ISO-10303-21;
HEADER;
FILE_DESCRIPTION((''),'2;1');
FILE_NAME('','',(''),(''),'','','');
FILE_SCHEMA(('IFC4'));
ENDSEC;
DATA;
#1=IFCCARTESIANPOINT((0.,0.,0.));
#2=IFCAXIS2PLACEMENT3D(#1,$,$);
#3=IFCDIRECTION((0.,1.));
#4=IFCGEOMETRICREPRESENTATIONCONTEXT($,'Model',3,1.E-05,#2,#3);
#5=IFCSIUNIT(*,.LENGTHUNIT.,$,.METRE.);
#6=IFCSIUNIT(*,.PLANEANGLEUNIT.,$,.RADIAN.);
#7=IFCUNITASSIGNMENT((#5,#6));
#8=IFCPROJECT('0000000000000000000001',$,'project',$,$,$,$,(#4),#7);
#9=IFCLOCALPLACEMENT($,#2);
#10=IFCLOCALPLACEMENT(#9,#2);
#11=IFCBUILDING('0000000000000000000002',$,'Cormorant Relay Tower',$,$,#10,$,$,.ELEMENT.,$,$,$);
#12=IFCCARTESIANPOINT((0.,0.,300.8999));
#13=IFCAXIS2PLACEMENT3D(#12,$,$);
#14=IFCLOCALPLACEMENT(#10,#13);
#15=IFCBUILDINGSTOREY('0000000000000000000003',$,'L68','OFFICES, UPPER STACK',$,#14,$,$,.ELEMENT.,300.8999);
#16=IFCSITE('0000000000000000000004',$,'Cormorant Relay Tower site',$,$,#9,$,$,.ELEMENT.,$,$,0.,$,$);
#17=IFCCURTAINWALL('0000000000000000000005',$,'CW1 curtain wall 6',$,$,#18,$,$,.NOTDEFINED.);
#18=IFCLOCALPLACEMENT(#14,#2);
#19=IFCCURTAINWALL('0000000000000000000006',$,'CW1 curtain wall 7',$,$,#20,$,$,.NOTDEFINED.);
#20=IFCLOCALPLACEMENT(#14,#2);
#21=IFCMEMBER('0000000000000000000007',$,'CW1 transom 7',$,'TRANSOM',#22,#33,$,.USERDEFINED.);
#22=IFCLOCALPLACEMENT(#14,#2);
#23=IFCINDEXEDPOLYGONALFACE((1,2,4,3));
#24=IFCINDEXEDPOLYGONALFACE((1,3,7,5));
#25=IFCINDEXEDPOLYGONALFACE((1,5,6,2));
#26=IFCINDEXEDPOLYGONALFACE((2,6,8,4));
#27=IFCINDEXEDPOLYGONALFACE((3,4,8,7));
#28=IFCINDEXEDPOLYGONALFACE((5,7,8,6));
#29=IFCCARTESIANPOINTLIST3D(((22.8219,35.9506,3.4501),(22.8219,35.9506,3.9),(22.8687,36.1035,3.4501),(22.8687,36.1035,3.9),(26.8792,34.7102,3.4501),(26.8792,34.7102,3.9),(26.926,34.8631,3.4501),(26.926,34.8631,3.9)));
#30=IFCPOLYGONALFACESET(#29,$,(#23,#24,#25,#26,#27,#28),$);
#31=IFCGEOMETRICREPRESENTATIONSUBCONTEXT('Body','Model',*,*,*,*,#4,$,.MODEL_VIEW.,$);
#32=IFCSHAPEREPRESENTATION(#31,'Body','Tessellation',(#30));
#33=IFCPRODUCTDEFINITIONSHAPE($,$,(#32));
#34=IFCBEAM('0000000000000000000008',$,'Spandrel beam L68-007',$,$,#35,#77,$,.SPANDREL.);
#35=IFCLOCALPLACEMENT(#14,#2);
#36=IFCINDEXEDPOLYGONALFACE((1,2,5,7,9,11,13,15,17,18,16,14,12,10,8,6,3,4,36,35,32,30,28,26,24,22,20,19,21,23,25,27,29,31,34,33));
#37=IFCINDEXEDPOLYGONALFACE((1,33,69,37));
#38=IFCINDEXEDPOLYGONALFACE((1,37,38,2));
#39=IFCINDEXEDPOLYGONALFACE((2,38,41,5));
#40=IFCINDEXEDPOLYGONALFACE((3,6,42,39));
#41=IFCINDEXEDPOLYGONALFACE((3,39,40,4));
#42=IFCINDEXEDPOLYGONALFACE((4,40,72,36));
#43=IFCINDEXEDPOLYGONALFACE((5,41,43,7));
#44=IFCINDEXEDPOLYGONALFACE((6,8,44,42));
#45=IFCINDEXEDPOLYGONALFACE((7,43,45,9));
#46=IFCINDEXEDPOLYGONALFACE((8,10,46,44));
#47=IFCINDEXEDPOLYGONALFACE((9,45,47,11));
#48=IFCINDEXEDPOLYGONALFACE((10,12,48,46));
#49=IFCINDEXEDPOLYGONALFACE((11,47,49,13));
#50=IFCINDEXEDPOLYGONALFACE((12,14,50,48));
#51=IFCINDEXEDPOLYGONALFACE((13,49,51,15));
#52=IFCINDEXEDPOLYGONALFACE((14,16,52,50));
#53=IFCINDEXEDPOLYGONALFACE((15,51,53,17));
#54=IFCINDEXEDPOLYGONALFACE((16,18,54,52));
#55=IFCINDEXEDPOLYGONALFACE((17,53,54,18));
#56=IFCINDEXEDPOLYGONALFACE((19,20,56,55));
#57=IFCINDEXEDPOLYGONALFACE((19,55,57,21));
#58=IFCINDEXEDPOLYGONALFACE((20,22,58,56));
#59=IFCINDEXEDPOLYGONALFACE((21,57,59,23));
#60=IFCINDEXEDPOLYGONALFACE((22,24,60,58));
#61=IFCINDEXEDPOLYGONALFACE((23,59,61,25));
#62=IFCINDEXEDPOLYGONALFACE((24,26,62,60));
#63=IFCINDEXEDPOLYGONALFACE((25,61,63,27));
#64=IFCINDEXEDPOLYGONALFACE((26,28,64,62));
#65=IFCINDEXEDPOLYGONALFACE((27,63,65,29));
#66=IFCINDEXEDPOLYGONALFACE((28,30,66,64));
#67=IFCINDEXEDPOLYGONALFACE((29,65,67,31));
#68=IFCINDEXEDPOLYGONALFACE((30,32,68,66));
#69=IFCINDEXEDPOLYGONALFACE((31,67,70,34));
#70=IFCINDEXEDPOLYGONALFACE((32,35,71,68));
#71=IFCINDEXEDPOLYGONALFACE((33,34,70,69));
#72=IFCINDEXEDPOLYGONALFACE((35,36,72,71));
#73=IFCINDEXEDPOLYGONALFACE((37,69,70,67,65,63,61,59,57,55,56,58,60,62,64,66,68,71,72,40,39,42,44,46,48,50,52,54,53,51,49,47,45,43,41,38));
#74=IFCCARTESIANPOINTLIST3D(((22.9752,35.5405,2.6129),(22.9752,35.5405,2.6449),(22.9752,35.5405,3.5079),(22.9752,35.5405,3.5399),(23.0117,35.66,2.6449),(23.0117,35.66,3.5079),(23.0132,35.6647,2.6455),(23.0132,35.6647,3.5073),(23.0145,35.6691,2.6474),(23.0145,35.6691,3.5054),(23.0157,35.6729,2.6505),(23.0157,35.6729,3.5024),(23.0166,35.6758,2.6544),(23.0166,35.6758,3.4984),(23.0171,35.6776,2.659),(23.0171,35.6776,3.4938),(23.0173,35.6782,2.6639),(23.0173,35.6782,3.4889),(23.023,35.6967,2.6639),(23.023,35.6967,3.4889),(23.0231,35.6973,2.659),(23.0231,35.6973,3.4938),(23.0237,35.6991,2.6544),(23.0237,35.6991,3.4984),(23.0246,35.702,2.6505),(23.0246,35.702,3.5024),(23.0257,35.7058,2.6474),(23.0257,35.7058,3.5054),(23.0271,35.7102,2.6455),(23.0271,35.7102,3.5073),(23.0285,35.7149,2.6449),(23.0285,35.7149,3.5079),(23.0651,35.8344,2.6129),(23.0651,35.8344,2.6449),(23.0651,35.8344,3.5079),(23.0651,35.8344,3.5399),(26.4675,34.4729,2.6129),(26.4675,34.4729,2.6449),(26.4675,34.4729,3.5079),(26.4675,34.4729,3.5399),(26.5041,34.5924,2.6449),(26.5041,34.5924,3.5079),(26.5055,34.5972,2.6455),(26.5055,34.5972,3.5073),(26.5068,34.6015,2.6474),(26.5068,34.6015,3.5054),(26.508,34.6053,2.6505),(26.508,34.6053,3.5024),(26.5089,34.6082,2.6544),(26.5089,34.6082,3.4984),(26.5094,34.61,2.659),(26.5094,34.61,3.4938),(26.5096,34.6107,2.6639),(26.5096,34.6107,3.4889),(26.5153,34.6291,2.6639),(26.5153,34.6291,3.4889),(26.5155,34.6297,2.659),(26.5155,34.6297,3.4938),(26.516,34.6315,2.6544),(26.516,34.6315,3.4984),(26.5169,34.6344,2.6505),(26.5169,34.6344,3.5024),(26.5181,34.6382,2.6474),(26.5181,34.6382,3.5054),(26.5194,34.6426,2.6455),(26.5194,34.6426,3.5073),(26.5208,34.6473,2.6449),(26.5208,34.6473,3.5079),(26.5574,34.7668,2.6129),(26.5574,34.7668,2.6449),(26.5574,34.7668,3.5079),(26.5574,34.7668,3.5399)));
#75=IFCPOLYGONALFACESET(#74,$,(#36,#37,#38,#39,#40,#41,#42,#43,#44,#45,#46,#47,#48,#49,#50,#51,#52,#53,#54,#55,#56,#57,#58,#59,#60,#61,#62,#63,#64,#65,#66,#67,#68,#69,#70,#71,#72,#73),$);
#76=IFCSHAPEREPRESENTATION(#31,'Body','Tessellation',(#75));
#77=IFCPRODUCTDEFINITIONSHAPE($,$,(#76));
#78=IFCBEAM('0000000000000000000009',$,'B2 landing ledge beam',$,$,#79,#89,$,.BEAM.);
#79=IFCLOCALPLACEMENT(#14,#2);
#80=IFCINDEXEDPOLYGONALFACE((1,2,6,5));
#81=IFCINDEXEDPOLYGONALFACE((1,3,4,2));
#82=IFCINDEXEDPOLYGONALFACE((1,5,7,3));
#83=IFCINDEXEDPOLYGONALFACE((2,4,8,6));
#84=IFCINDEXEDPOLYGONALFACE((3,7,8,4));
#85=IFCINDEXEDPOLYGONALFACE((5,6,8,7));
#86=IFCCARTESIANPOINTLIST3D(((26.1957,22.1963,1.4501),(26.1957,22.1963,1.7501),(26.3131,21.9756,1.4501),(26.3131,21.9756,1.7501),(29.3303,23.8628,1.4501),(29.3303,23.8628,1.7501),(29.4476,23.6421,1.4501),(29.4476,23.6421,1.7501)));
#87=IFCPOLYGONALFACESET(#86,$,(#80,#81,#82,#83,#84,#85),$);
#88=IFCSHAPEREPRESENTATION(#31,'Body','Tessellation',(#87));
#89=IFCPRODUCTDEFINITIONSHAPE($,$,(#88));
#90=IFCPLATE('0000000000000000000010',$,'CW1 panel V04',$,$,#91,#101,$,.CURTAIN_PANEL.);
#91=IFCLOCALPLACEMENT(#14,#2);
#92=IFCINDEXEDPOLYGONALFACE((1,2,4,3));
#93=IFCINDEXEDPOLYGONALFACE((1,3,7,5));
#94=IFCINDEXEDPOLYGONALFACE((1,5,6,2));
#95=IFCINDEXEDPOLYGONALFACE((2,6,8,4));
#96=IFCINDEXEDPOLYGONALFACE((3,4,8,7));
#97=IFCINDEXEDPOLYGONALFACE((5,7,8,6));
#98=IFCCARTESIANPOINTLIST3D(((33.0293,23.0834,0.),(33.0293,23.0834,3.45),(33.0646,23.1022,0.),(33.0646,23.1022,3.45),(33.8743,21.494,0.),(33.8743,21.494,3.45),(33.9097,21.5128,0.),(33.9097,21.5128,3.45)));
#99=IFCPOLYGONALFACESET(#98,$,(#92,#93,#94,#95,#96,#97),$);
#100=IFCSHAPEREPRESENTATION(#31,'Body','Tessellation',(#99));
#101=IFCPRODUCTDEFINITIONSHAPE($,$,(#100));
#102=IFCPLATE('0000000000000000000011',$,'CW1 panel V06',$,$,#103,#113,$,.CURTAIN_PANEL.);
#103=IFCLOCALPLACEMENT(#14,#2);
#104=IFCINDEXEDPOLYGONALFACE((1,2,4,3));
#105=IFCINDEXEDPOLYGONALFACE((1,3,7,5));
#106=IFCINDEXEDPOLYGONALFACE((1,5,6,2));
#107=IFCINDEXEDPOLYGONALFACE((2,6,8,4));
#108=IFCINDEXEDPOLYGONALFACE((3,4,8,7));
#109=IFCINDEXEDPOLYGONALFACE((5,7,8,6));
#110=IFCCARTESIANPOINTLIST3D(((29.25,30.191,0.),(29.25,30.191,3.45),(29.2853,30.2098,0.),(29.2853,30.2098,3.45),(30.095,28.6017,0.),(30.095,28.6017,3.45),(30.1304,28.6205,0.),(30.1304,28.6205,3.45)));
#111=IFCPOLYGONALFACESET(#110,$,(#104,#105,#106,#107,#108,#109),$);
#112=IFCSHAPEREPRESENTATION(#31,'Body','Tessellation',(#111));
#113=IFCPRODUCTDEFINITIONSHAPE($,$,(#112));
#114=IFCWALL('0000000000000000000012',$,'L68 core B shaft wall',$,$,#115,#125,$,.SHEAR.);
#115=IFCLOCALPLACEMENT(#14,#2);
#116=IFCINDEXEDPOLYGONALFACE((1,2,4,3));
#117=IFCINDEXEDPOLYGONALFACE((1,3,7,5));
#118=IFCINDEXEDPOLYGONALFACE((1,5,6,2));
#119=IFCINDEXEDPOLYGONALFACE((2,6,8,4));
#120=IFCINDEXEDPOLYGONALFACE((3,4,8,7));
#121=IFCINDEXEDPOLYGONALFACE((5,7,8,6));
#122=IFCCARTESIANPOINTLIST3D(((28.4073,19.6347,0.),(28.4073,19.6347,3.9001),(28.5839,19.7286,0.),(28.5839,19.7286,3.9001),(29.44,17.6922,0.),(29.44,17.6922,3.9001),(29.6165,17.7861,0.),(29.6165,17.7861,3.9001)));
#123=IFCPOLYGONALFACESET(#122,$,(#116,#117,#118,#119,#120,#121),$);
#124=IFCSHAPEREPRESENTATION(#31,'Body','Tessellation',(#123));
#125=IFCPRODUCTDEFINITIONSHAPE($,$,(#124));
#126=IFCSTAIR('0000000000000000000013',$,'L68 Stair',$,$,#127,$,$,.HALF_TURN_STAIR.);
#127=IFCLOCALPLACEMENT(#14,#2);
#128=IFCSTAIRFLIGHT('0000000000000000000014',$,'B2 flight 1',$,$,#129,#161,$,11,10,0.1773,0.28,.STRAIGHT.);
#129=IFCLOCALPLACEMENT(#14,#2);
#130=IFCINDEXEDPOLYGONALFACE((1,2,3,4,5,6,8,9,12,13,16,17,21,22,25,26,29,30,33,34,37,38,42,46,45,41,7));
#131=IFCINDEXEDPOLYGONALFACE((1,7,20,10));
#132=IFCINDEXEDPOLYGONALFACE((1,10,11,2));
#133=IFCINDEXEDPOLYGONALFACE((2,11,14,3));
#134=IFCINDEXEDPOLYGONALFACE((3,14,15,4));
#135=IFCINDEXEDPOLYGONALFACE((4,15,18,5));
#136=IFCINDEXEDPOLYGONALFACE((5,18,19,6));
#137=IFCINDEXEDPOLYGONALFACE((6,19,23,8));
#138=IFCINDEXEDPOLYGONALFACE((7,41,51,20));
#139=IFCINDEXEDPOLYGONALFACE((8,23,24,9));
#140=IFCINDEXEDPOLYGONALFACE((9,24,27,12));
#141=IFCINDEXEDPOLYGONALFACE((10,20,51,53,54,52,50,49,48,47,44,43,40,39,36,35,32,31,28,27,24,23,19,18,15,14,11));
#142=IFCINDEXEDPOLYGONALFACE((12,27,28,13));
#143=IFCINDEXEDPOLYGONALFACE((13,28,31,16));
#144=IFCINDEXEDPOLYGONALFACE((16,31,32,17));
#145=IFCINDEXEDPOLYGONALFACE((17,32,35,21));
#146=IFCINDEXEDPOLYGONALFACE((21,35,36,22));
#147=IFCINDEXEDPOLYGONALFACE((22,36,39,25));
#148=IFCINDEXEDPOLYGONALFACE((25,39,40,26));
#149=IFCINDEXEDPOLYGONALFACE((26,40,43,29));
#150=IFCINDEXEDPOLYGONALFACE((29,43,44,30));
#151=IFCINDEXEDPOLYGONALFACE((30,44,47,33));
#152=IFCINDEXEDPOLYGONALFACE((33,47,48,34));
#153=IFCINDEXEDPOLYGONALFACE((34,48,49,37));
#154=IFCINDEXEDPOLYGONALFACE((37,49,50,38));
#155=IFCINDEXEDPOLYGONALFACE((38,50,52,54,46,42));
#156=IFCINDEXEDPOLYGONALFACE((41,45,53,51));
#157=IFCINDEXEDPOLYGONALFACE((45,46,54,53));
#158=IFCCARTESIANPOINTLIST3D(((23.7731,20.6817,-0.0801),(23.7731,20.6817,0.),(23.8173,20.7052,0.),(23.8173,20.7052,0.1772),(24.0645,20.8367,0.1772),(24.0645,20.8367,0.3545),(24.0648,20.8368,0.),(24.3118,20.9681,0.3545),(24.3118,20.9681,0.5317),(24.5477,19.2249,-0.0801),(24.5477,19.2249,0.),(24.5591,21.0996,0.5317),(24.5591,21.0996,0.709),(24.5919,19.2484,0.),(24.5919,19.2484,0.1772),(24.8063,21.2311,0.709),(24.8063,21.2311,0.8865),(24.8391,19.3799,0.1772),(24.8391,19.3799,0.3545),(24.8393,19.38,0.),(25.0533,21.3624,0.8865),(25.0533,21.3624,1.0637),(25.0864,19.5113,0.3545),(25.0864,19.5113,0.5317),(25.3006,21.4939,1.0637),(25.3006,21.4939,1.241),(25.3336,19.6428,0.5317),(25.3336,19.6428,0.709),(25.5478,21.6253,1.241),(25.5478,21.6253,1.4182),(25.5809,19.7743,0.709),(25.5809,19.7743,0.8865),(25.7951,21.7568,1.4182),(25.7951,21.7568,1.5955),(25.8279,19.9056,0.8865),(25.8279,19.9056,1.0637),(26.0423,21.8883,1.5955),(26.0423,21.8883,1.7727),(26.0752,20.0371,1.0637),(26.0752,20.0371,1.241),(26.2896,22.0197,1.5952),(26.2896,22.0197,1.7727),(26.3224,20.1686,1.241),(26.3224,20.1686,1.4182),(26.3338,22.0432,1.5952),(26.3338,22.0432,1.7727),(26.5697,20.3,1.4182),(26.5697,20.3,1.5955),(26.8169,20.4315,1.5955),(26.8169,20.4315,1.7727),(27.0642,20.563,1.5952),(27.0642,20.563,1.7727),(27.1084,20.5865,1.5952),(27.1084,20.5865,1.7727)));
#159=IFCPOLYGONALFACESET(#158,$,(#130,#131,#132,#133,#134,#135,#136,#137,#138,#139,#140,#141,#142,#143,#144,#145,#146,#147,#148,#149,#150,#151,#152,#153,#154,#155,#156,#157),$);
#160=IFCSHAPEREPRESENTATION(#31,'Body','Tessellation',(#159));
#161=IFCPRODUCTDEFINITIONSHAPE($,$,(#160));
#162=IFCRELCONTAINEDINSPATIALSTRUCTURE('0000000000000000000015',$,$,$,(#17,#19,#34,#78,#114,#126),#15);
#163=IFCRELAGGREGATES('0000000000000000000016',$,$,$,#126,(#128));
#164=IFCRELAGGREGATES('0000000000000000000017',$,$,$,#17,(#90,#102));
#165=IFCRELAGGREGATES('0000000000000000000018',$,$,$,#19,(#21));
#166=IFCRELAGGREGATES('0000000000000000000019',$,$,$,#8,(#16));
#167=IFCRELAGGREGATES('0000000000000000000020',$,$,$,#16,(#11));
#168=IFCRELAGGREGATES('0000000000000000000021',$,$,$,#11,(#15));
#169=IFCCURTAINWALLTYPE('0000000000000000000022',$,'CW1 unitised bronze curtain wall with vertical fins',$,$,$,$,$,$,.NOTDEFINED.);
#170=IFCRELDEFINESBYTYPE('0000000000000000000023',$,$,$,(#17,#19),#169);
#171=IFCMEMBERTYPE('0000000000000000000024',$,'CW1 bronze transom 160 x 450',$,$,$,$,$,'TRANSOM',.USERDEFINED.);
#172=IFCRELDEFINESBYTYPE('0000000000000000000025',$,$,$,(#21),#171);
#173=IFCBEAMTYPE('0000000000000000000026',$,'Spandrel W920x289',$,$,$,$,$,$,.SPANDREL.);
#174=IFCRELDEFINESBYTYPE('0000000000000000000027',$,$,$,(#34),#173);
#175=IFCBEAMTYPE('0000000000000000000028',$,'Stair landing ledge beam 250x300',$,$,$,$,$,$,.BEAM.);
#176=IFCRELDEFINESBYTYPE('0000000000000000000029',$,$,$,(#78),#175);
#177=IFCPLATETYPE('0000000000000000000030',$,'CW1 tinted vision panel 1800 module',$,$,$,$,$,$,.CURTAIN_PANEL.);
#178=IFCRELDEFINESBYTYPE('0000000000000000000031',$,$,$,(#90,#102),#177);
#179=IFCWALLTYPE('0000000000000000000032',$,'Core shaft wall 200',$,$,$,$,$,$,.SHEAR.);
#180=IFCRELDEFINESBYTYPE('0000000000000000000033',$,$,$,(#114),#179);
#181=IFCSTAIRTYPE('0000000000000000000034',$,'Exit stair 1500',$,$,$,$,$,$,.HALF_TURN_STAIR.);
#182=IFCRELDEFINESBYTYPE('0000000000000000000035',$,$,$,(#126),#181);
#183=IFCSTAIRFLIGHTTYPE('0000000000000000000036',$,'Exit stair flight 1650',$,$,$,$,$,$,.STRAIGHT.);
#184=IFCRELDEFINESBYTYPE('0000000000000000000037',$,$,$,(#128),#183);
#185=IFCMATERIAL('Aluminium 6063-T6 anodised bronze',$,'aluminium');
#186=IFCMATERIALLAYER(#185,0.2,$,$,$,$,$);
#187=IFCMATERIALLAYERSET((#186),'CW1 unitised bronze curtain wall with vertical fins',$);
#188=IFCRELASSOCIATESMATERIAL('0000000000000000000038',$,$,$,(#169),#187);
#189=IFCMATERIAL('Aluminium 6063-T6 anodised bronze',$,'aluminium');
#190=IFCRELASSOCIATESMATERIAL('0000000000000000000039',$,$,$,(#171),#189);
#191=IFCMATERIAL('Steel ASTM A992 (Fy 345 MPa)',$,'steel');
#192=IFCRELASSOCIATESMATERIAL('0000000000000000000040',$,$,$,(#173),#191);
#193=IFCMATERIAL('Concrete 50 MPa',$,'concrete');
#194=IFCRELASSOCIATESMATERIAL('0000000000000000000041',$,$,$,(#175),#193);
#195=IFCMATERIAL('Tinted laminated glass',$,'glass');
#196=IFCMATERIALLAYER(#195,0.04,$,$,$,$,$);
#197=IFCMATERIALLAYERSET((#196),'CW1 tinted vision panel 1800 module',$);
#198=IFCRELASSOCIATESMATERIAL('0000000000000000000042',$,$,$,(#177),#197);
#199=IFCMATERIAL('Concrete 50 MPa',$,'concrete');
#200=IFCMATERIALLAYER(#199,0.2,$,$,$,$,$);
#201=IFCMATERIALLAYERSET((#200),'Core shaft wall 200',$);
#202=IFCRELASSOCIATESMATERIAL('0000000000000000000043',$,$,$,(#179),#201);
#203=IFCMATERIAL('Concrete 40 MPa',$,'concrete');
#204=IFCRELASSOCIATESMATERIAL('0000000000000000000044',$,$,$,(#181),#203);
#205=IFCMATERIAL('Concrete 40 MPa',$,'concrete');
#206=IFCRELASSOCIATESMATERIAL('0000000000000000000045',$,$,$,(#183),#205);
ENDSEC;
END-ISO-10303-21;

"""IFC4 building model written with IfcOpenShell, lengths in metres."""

from ifc_helpers import new_model, si_unit, direction, frame, frame_2d, origin, origin_2d, place, context, subcontext, project, spatial, polyline, rectangle, i_section, outline, extrude, material, layer, layer_set, material_profile, profile_set, type_object, element, aggregate, save


model = new_model("IFC4")

# Units and contexts
model_context = context("Model", 3, precision=1e-05, world=origin(), true_north=direction((0.0, 1.0)))
body_context = subcontext(model_context, "Body", "Model", "MODEL_VIEW")
ifc_project = project(units=[si_unit("LENGTHUNIT", "METRE"), si_unit("PLANEANGLEUNIT", "RADIAN")], contexts=[model_context])

# Site, building, storey
site_placement = place(None, origin())
site = spatial("IfcSite", under=ifc_project, at=site_placement, Name="Cormorant Relay Tower site", CompositionType="ELEMENT", RefElevation=0.0)
building_placement = place(site_placement, origin())
building = spatial("IfcBuilding", under=site, at=building_placement, Name="Cormorant Relay Tower", CompositionType="ELEMENT")
storey_placement = place(building_placement, frame((0.0, 0.0, 300.8999)))
storey = spatial("IfcBuildingStorey", under=building, at=storey_placement, Name="L68", Description="OFFICES, UPPER STACK", CompositionType="ELEMENT", Elevation=300.8999)

# Curtain walls, member
ifc_material_1 = material(Name="Aluminium 6063-T6 anodised bronze", Category="aluminium")
ifc_layer_1 = layer(ifc_material_1, 0.2)
ifc_layer_set_1 = layer_set([ifc_layer_1], Name="CW1 unitised bronze curtain wall with vertical fins")
curtain_wall_type = type_object("IfcCurtainWallType", Name="CW1 unitised bronze curtain wall with vertical fins", PredefinedType="NOTDEFINED", material=ifc_layer_set_1)
curtain_wall_1_placement = place(storey_placement, origin())
curtain_wall_1 = element("IfcCurtainWall", 1, at=curtain_wall_1_placement, inside=storey, type_object=curtain_wall_type, Name="CW1 curtain wall 6", PredefinedType="NOTDEFINED")
curtain_wall_2_placement = place(storey_placement, origin())
curtain_wall_2 = element("IfcCurtainWall", 2, at=curtain_wall_2_placement, inside=storey, type_object=curtain_wall_type, Name="CW1 curtain wall 7", PredefinedType="NOTDEFINED")
ifc_material_2 = material(Name="Aluminium 6063-T6 anodised bronze", Category="aluminium")
ifc_material_profile_1 = material_profile(ifc_material_2, rectangle(XDim=0.1599, YDim=0.45, at=origin_2d()), Name="AL 160x450")
ifc_profile_set_1 = profile_set([ifc_material_profile_1], Name="Aluminium 6063-T6 anodised bronze")
member_type_1 = type_object("IfcMemberType", Name="CW1 bronze transom 160 x 450", ElementType="TRANSOM", PredefinedType="USERDEFINED", material=ifc_profile_set_1)
member_1_placement = place(storey_placement, frame((26.9026, 34.7866, 3.675), z_axis=(-0.956304, 0.292375, 0.0), x_axis=(-0.292375, -0.956304, 0.0)))
member_1 = element("IfcMember", 3, at=member_1_placement, type_object=member_type_1, Name="CW1 transom 7", ObjectType="TRANSOM", PredefinedType="USERDEFINED", context=body_context, shape_type="SweptSolid", body=[
    extrude(rectangle(XDim=0.1599, YDim=0.45, at=origin_2d()), origin(), (0.0, 0.0, 1.0), 4.2427),
])

# Beams
ifc_material_3 = material(Name="Steel ASTM A992 (Fy 345 MPa)", Category="steel")
ifc_material_profile_2 = material_profile(ifc_material_3, i_section(OverallWidth=0.3074, OverallDepth=0.927, WebThickness=0.0193, FlangeThickness=0.032, FilletRadius=0.019, at=origin_2d()), Name="W920x289")
ifc_profile_set_2 = profile_set([ifc_material_profile_2], Name="Steel ASTM A992 (Fy 345 MPa)")
beam_type_1 = type_object("IfcBeamType", Name="Spandrel W920x289", PredefinedType="SPANDREL", material=ifc_profile_set_2)
beam_1_placement = place(storey_placement, frame((26.5125, 34.6199, 3.0764), z_axis=(-0.956314, 0.292343, 0.0), x_axis=(-0.292343, -0.956314, 0.0)))
element("IfcBeam", 4, at=beam_1_placement, inside=storey, type_object=beam_type_1, Name="Spandrel beam L68-007", PredefinedType="SPANDREL", context=body_context, shape_type="SweptSolid", body=[
    extrude(i_section(OverallWidth=0.3074, OverallDepth=0.927, WebThickness=0.0193, FlangeThickness=0.032, FilletRadius=0.019, at=origin_2d()), origin(), (0.0, 0.0, 1.0), 3.6519),
])
ifc_material_4 = material(Name="Concrete 50 MPa", Category="concrete")
ifc_material_profile_3 = material_profile(ifc_material_4, rectangle(XDim=0.25, YDim=0.3, at=origin_2d()), Name="RC 250x300")
ifc_profile_set_3 = profile_set([ifc_material_profile_3], Name="Concrete 50 MPa")
beam_type_2 = type_object("IfcBeamType", Name="Stair landing ledge beam 250x300", PredefinedType="BEAM", material=ifc_profile_set_3)
beam_2_placement = place(storey_placement, frame((26.2544, 22.0859, 1.6001), z_axis=(0.882965, 0.469438, 0.0), x_axis=(-0.469438, 0.882965, 0.0)))
element("IfcBeam", 5, at=beam_2_placement, inside=storey, type_object=beam_type_2, Name="B2 landing ledge beam", PredefinedType="BEAM", context=body_context, shape_type="SweptSolid", body=[
    extrude(rectangle(XDim=0.25, YDim=0.3, at=origin_2d()), origin(), (0.0, 0.0, 1.0), 3.55),
])

# Plates
ifc_material_5 = material(Name="Tinted laminated glass", Category="glass")
ifc_layer_2 = layer(ifc_material_5, 0.04)
ifc_layer_set_2 = layer_set([ifc_layer_2], Name="CW1 tinted vision panel 1800 module")
plate_type = type_object("IfcPlateType", Name="CW1 tinted vision panel 1800 module", PredefinedType="CURTAIN_PANEL", material=ifc_layer_set_2)
plate_1_placement = place(storey_placement, frame((33.4695, 22.2981, 0.0), z_axis=(0.0, 0.0, 1.0), x_axis=(-0.469472, 0.882948, 0.0)))
plate_1 = element("IfcPlate", 6, at=plate_1_placement, type_object=plate_type, Name="CW1 panel V04", PredefinedType="CURTAIN_PANEL", context=body_context, shape_type="SweptSolid", body=[
    extrude(rectangle(XDim=1.8, YDim=0.04, at=origin_2d()), origin(), (0.0, 0.0, 1.0), 3.45),
])
plate_2_placement = place(storey_placement, frame((29.6902, 29.4058, 0.0), z_axis=(0.0, 0.0, 1.0), x_axis=(-0.469472, 0.882948, 0.0)))
plate_2 = element("IfcPlate", 7, at=plate_2_placement, type_object=plate_type, Name="CW1 panel V06", PredefinedType="CURTAIN_PANEL", context=body_context, shape_type="SweptSolid", body=[
    extrude(rectangle(XDim=1.8, YDim=0.04, at=origin_2d()), origin(), (0.0, 0.0, 1.0), 3.45),
])

# Wall
ifc_material_6 = material(Name="Concrete 50 MPa", Category="concrete")
ifc_layer_3 = layer(ifc_material_6, 0.2)
ifc_layer_set_3 = layer_set([ifc_layer_3], Name="Core shaft wall 200")
wall_type = type_object("IfcWallType", Name="Core shaft wall 200", PredefinedType="SHEAR", material=ifc_layer_set_3)
wall_placement = place(storey_placement, frame((29.5283, 17.739, 0.0), z_axis=(0.0, 0.0, 1.0), x_axis=(-0.469401, 0.882985, 0.0)))
element("IfcWall", 8, at=wall_placement, inside=storey, type_object=wall_type, Name="L68 core B shaft wall", PredefinedType="SHEAR", context=body_context, shape_type="SweptSolid", body=[
    extrude(rectangle(XDim=2.2, YDim=0.2, at=frame_2d((1.1001, 0.0))), origin(), (0.0, 0.0, 1.0), 3.9001),
])

# Stair, stair flight
ifc_material_7 = material(Name="Concrete 40 MPa", Category="concrete")
stair_type = type_object("IfcStairType", Name="Exit stair 1500", PredefinedType="HALF_TURN_STAIR", material=ifc_material_7)
stair_placement = place(storey_placement, origin())
stair = element("IfcStair", 9, at=stair_placement, inside=storey, type_object=stair_type, Name="L68 Stair", PredefinedType="HALF_TURN_STAIR")
ifc_material_8 = material(Name="Concrete 40 MPa", Category="concrete")
stair_flight_type = type_object("IfcStairFlightType", Name="Exit stair flight 1650", PredefinedType="STRAIGHT", material=ifc_material_8)
stair_flight_1_placement = place(storey_placement, frame((24.2046, 19.9768, 0.0), z_axis=(0.0, 0.0, 1.0), x_axis=(0.882948, 0.469472, 0.0)))
stair_flight_1 = element("IfcStairFlight", 10, at=stair_flight_1_placement, type_object=stair_flight_type, Name="B2 flight 1", NumberOfRisers=11, NumberOfTreads=10, PredefinedType="STRAIGHT", RiserHeight=0.1773, TreadLength=0.28, context=body_context, shape_type="SweptSolid", body=[
    extrude(outline(polyline([(-0.05, -0.0801), (-0.05, 0.0), (0.0, 0.0), (0.0, 0.1772), (0.28, 0.1772), (0.28, 0.3545), (0.5601, 0.3545), (0.5601, 0.5317), (0.8401, 0.5317), (0.8401, 0.709), (1.1201, 0.709), (1.1201, 0.8865), (1.3999, 0.8865), (1.3999, 1.0637), (1.6799, 1.0637), (1.6799, 1.241), (1.96, 1.241), (1.96, 1.4182), (2.24, 1.4182), (2.24, 1.5955), (2.52, 1.5955), (2.52, 1.7727), (2.8, 1.7727), (2.8501, 1.7727), (2.8501, 1.5952), (2.8, 1.5952), (0.2803, 0.0), (-0.05, -0.0801)])), frame((0.0, 0.825, 0.0), z_axis=(0.0, -1.0, 0.0), x_axis=(1.0, 0.0, 0.0)), (0.0, 0.0, 1.0), 1.6499),
])
aggregate(stair, [stair_flight_1])

aggregate(curtain_wall_1, [plate_1, plate_2])
aggregate(curtain_wall_2, [member_1])

save(model, "model.ifc")
